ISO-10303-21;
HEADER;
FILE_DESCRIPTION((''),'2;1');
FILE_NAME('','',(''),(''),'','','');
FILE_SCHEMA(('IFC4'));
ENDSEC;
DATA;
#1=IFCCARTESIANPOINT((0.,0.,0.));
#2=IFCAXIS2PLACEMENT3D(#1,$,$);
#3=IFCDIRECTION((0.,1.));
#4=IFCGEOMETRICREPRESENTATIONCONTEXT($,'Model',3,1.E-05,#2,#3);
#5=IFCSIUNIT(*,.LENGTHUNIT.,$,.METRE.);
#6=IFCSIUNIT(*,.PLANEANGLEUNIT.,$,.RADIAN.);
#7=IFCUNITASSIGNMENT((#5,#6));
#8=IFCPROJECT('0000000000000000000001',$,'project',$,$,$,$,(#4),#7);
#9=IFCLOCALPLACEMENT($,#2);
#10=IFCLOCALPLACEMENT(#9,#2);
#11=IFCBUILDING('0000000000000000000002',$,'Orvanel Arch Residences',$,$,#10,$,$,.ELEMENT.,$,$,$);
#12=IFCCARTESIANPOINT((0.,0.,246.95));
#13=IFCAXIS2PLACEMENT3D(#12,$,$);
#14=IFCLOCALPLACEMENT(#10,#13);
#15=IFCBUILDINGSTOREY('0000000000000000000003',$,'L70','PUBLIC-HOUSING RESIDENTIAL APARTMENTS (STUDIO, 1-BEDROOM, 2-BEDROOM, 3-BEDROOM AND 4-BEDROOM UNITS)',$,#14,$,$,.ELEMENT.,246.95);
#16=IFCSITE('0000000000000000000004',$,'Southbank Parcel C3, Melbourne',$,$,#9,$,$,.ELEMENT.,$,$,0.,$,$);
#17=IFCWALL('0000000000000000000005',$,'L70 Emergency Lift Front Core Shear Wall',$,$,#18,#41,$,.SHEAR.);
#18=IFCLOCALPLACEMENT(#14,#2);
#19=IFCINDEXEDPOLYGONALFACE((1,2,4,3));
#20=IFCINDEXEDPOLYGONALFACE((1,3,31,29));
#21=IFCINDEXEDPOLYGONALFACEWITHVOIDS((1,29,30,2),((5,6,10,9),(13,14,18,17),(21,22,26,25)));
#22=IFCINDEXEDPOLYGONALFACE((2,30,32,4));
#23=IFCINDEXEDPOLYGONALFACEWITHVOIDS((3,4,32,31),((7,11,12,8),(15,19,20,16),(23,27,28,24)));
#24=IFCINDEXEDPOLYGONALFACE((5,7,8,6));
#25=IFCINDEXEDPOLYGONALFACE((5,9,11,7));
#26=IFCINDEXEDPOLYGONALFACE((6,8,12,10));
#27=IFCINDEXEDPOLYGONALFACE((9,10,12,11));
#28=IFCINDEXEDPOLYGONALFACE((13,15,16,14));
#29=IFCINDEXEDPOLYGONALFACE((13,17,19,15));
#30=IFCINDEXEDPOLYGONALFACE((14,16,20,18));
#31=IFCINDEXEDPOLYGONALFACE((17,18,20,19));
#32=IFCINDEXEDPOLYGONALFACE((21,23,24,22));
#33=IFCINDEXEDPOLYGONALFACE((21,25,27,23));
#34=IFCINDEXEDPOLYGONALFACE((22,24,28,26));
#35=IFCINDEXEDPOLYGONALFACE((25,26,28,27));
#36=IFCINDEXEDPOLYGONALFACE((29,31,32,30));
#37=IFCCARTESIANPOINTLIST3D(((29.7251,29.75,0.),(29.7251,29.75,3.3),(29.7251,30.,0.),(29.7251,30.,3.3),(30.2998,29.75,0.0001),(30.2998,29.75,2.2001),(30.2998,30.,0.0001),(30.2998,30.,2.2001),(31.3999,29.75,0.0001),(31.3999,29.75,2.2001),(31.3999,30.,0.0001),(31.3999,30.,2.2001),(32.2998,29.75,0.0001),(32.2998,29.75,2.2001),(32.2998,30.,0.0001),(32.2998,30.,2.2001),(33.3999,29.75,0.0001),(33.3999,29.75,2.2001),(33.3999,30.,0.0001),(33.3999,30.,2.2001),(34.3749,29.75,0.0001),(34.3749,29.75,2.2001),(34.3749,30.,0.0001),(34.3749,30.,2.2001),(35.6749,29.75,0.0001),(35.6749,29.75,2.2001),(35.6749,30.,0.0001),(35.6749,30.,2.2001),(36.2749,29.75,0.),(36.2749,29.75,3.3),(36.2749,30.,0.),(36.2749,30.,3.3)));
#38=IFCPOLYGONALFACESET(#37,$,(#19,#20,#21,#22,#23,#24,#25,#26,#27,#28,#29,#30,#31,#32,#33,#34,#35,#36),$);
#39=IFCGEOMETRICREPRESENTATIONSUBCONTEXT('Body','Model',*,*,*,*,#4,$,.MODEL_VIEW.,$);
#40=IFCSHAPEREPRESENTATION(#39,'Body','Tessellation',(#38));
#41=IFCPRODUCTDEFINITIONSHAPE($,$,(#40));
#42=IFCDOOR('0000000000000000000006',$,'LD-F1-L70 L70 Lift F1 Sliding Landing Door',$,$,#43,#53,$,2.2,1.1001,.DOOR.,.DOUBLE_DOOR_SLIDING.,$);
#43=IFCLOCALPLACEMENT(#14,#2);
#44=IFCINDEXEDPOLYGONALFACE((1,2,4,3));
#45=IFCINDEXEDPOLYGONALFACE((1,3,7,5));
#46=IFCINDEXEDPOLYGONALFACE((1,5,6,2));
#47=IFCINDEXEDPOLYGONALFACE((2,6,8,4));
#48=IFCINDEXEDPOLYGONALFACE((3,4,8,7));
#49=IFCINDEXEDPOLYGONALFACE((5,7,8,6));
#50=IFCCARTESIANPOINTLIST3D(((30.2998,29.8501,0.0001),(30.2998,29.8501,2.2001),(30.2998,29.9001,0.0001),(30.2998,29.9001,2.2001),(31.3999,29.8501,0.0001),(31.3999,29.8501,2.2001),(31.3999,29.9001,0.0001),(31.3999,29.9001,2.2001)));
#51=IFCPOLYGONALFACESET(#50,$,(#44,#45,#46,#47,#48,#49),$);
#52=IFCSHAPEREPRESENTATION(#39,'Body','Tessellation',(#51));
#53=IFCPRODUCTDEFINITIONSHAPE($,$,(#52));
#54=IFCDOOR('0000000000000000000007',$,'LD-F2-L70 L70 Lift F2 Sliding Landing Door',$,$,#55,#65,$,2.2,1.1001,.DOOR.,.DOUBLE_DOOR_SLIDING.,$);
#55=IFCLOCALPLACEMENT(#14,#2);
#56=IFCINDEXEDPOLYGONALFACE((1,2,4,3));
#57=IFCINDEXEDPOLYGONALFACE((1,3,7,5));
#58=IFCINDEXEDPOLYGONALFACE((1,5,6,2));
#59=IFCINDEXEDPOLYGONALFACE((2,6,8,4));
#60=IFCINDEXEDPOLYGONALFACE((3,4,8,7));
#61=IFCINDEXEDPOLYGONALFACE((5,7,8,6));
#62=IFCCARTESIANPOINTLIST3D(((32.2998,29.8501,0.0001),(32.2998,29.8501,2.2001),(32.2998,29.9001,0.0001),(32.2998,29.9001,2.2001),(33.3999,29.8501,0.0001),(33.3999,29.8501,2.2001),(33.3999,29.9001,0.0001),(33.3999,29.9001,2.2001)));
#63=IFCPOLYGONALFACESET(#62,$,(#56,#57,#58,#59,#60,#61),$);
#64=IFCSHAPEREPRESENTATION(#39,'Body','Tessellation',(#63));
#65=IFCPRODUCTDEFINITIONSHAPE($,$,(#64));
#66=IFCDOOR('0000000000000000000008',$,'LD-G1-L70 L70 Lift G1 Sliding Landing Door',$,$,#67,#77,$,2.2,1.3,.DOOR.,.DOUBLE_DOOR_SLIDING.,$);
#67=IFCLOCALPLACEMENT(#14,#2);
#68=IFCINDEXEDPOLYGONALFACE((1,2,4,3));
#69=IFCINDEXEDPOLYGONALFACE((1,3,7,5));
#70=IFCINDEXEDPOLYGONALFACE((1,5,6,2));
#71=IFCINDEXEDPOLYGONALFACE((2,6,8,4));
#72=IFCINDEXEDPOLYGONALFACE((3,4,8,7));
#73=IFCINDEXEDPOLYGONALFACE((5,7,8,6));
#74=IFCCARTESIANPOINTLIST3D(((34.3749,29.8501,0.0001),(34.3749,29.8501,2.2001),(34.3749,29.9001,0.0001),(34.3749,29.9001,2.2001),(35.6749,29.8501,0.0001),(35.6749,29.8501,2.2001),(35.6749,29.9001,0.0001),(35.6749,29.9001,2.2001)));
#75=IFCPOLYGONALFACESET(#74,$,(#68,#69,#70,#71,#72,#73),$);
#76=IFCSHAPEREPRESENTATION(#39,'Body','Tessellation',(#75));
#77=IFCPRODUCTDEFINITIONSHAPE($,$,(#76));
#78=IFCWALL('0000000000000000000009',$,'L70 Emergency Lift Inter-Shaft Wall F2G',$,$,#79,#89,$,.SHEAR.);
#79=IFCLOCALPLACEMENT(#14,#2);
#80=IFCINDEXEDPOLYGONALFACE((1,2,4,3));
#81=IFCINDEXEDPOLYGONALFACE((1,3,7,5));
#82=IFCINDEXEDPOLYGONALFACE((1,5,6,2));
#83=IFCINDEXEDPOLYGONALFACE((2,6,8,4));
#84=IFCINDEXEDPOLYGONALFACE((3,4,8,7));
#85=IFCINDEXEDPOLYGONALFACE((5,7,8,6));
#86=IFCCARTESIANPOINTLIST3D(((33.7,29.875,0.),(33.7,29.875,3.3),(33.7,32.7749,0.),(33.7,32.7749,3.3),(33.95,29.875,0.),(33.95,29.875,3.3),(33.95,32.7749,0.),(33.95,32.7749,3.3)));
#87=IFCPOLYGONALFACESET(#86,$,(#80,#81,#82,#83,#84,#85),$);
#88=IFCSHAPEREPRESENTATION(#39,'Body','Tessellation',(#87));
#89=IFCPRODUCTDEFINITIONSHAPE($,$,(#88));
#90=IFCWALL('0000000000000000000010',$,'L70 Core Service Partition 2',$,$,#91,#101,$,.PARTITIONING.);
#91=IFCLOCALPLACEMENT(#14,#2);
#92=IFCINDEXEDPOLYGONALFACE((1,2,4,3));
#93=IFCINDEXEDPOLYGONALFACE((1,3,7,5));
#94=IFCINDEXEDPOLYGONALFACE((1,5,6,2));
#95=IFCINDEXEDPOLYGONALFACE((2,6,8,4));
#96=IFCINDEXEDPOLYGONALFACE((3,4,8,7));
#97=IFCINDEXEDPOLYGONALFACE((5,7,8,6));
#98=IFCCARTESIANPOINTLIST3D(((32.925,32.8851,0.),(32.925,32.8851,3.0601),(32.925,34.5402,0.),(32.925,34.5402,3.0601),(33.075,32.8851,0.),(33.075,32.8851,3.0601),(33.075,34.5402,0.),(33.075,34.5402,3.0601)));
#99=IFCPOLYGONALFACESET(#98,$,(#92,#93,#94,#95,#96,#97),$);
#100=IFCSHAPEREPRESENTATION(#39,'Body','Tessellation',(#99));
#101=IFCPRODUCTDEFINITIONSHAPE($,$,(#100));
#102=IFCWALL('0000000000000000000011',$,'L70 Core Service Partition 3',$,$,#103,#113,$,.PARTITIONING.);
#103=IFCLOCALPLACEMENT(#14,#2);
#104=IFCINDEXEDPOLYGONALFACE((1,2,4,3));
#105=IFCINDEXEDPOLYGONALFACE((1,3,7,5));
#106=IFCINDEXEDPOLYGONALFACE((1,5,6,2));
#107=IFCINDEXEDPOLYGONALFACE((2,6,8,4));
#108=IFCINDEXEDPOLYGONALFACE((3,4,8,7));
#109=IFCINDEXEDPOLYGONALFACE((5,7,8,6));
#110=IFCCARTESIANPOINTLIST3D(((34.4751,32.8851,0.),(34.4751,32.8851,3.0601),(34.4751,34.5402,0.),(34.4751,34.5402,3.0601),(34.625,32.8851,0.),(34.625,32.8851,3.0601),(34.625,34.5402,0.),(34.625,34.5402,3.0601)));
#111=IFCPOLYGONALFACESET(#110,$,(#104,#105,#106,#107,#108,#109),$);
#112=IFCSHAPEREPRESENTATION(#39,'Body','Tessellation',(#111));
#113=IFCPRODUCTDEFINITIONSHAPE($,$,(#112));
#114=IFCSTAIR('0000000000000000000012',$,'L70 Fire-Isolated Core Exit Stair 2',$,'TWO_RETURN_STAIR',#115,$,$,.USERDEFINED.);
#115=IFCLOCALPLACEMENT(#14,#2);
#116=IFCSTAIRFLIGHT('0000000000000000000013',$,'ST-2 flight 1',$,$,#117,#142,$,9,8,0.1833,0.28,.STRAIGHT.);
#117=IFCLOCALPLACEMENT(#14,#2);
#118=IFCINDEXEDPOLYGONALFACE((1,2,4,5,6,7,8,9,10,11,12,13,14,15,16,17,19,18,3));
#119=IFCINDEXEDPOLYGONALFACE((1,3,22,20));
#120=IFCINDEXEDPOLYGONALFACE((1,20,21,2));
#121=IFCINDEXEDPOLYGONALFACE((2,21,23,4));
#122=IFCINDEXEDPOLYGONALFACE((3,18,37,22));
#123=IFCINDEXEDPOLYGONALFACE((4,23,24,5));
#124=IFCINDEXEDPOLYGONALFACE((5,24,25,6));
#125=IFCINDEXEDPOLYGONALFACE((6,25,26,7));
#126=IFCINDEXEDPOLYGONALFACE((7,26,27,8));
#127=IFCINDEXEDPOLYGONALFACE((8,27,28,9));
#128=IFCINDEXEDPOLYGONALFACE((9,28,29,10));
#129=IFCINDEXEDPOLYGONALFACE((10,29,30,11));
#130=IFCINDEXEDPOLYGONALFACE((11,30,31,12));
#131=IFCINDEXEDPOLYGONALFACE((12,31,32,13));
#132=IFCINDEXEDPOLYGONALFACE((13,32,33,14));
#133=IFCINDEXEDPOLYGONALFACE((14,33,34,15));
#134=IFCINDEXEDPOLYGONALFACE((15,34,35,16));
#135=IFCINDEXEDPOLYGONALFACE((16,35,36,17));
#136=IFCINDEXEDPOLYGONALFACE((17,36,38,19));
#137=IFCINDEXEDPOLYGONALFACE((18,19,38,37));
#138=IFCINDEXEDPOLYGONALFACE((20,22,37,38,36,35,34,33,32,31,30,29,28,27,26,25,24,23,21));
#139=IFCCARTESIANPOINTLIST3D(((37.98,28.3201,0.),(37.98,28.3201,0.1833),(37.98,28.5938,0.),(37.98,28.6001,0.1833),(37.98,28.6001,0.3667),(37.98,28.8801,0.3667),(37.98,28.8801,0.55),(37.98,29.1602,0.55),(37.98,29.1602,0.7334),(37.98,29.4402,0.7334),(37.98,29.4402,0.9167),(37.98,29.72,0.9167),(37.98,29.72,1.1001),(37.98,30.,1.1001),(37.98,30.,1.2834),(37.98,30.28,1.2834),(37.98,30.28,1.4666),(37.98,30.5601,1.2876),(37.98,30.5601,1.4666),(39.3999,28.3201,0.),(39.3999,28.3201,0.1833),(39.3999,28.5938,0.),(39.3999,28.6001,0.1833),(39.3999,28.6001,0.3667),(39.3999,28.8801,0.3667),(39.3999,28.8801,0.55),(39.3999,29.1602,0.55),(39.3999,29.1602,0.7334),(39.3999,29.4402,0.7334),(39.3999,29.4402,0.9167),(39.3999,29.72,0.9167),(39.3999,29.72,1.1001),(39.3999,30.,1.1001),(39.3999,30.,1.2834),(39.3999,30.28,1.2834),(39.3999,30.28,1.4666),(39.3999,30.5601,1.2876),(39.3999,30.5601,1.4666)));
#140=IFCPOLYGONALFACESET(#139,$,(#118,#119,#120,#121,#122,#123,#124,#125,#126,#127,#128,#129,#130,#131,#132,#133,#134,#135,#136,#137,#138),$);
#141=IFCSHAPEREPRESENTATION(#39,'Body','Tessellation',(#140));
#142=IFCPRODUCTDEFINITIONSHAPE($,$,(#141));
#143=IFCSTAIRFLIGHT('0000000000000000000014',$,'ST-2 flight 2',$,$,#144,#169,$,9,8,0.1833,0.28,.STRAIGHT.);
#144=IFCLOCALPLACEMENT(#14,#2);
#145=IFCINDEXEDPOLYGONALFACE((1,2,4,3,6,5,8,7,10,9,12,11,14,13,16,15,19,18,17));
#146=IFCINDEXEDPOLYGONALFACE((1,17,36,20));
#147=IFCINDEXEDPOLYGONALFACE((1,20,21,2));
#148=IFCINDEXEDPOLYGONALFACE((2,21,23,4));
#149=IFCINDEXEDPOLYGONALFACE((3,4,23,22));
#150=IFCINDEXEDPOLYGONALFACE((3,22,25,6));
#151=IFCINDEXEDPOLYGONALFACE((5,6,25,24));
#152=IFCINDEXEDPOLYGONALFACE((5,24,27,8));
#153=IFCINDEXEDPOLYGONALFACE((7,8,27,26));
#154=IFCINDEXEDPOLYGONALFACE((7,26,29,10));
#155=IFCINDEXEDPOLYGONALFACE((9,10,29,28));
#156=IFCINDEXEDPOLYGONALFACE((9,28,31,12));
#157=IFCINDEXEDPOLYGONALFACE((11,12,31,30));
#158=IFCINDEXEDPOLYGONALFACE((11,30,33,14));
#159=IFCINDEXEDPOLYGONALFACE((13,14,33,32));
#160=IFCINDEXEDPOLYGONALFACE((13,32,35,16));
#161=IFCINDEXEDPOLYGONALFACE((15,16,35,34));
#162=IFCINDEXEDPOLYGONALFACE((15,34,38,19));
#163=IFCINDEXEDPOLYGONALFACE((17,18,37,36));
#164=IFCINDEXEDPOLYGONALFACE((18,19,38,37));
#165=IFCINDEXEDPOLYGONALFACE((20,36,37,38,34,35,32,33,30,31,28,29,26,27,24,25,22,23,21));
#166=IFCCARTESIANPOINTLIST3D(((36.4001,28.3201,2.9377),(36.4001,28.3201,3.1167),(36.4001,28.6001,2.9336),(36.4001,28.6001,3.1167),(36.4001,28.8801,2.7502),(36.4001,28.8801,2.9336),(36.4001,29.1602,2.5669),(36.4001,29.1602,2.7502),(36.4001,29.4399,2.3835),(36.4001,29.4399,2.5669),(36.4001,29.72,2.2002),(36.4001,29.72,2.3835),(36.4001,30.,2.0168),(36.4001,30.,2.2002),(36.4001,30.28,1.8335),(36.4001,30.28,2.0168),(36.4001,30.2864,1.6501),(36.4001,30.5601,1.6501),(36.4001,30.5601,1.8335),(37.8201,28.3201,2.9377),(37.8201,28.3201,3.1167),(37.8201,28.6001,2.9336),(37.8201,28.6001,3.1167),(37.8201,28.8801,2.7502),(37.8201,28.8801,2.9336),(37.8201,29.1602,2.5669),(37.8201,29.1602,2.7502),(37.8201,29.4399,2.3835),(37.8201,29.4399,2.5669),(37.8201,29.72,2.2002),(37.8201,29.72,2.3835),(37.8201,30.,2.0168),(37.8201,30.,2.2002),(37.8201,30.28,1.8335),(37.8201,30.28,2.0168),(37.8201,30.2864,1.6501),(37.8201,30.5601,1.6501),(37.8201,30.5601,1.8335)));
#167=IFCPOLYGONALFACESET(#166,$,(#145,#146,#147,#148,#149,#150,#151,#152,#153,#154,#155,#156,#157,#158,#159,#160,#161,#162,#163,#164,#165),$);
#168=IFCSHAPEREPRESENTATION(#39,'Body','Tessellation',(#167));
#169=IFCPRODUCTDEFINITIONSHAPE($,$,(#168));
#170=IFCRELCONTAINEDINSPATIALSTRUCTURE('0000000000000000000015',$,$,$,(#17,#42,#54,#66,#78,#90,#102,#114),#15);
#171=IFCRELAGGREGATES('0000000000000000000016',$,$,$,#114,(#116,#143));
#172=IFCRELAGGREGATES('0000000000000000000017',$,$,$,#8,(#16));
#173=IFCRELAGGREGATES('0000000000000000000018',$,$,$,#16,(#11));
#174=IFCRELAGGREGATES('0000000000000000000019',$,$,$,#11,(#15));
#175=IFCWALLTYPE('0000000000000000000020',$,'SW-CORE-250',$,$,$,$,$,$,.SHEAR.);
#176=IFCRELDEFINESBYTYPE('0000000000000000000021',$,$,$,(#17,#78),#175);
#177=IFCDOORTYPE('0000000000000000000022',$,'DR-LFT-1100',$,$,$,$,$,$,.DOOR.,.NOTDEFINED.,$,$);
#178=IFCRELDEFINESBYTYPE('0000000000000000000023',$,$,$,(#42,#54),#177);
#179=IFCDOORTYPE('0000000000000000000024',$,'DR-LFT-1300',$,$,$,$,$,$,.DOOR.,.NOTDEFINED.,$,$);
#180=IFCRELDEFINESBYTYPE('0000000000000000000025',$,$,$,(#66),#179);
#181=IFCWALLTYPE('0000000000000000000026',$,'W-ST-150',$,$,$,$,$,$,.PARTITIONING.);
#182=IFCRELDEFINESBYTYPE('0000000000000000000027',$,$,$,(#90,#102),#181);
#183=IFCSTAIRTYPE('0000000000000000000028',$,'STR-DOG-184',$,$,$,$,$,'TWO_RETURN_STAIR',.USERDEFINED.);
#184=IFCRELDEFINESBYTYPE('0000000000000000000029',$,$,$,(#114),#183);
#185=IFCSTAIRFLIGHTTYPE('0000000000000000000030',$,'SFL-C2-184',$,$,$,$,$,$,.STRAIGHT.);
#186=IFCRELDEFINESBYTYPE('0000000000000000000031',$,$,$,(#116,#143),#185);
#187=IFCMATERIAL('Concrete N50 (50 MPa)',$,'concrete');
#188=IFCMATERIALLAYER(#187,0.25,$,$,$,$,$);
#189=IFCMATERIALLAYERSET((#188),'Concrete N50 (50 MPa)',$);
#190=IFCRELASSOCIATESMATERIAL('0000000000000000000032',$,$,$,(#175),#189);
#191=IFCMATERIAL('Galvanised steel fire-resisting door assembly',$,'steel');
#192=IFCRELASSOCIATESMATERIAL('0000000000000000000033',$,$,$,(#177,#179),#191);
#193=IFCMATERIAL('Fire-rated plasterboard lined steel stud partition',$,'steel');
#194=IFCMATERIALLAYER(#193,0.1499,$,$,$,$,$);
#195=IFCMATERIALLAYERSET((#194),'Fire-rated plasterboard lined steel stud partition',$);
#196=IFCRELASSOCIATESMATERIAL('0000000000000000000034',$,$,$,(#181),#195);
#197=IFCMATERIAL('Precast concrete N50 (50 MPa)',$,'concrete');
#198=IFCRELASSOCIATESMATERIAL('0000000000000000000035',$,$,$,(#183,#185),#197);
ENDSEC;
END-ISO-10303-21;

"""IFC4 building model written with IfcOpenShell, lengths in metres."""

from ifc_helpers import new_model, si_unit, direction, frame, frame_2d, origin, place, context, subcontext, project, spatial, polyline, rectangle, outline, extrude, material, layer, layer_set, type_object, element, fill, aggregate, save


model = new_model("IFC4")

# Units and contexts
model_context = context("Model", 3, precision=1e-05, world=origin(), true_north=direction((0.0, 1.0)))
body_context = subcontext(model_context, "Body", "Model", "MODEL_VIEW")
ifc_project = project(units=[si_unit("LENGTHUNIT", "METRE"), si_unit("PLANEANGLEUNIT", "RADIAN")], contexts=[model_context])

# Site, building, storey
site_placement = place(None, origin())
site = spatial("IfcSite", under=ifc_project, at=site_placement, Name="Southbank Parcel C3, Melbourne", CompositionType="ELEMENT", RefElevation=0.0)
building_placement = place(site_placement, origin())
building = spatial("IfcBuilding", under=site, at=building_placement, Name="Orvanel Arch Residences", CompositionType="ELEMENT")
storey_placement = place(building_placement, frame((0.0, 0.0, 246.95)))
storey = spatial("IfcBuildingStorey", under=building, at=storey_placement, Name="L70", Description="PUBLIC-HOUSING RESIDENTIAL APARTMENTS (STUDIO, 1-BEDROOM, 2-BEDROOM, 3-BEDROOM AND 4-BEDROOM UNITS)", CompositionType="ELEMENT", Elevation=246.95)

# Wall, openings, doors
ifc_material_1 = material(Name="Concrete N50 (50 MPa)", Category="concrete")
ifc_layer_1 = layer(ifc_material_1, 0.25)
ifc_layer_set_1 = layer_set([ifc_layer_1], Name="Concrete N50 (50 MPa)")
wall_type_1 = type_object("IfcWallType", Name="SW-CORE-250", PredefinedType="SHEAR", material=ifc_layer_set_1)
wall_1_placement = place(storey_placement, frame((36.2749, 29.875, 0.0), z_axis=(0.0, 0.0, 1.0), x_axis=(-1.0, 0.0, 0.0)))
wall_1 = element("IfcWall", 1, at=wall_1_placement, inside=storey, type_object=wall_type_1, Name="L70 Emergency Lift Front Core Shear Wall", PredefinedType="SHEAR", context=body_context, shape_type="SweptSolid", body=[
    extrude(rectangle(XDim=6.5498, YDim=0.25, at=frame_2d((3.2749, 0.0))), origin(), (0.0, 0.0, 1.0), 3.3),
])
opening_1_placement = place(wall_1_placement, frame((4.875, 0.0, 0.0)))
opening_1 = element("IfcOpeningElement", 2, at=opening_1_placement, cuts=wall_1, PredefinedType="OPENING", context=body_context, shape_type="SweptSolid", body=[
    extrude(rectangle(XDim=1.1001, YDim=2.2, at=frame_2d((0.55, 1.1001))), frame((0.0, 0.135, 0.0), z_axis=(0.0, -1.0, 0.0), x_axis=(1.0, 0.0, 0.0)), (0.0, 0.0, 1.0), 0.27),
])
opening_2_placement = place(wall_1_placement, frame((2.875, 0.0, 0.0)))
opening_2 = element("IfcOpeningElement", 3, at=opening_2_placement, cuts=wall_1, PredefinedType="OPENING", context=body_context, shape_type="SweptSolid", body=[
    extrude(rectangle(XDim=1.1001, YDim=2.2, at=frame_2d((0.55, 1.1001))), frame((0.0, 0.135, 0.0), z_axis=(0.0, -1.0, 0.0), x_axis=(1.0, 0.0, 0.0)), (0.0, 0.0, 1.0), 0.27),
])
opening_3_placement = place(wall_1_placement, frame((0.6001, 0.0, 0.0)))
opening_3 = element("IfcOpeningElement", 4, at=opening_3_placement, cuts=wall_1, PredefinedType="OPENING", context=body_context, shape_type="SweptSolid", body=[
    extrude(rectangle(XDim=1.3, YDim=2.2, at=frame_2d((0.6499, 1.1001))), frame((0.0, 0.135, 0.0), z_axis=(0.0, -1.0, 0.0), x_axis=(1.0, 0.0, 0.0)), (0.0, 0.0, 1.0), 0.27),
])
ifc_material_2 = material(Name="Galvanised steel fire-resisting door assembly", Category="steel")
door_type_1 = type_object("IfcDoorType", Name="DR-LFT-1100", OperationType="NOTDEFINED", PredefinedType="DOOR", material=ifc_material_2)
door_1_placement = place(opening_1_placement, origin())
door_1 = element("IfcDoor", 5, at=door_1_placement, inside=storey, type_object=door_type_1, Name="LD-F1-L70 L70 Lift F1 Sliding Landing Door", OperationType="DOUBLE_DOOR_SLIDING", OverallHeight=2.2, OverallWidth=1.1001, PredefinedType="DOOR", context=body_context, shape_type="SweptSolid", body=[
    extrude(rectangle(XDim=1.1001, YDim=2.2, at=frame_2d((0.55, 1.1001))), frame((0.0, 0.0249, 0.0), z_axis=(0.0, -1.0, 0.0), x_axis=(1.0, 0.0, 0.0)), (0.0, 0.0, 1.0), 0.05),
])
fill(opening_1, door_1)
door_2_placement = place(opening_2_placement, origin())
door_2 = element("IfcDoor", 6, at=door_2_placement, inside=storey, type_object=door_type_1, Name="LD-F2-L70 L70 Lift F2 Sliding Landing Door", OperationType="DOUBLE_DOOR_SLIDING", OverallHeight=2.2, OverallWidth=1.1001, PredefinedType="DOOR", context=body_context, shape_type="SweptSolid", body=[
    extrude(rectangle(XDim=1.1001, YDim=2.2, at=frame_2d((0.55, 1.1001))), frame((0.0, 0.0249, 0.0), z_axis=(0.0, -1.0, 0.0), x_axis=(1.0, 0.0, 0.0)), (0.0, 0.0, 1.0), 0.05),
])
fill(opening_2, door_2)
door_type_2 = type_object("IfcDoorType", Name="DR-LFT-1300", OperationType="NOTDEFINED", PredefinedType="DOOR", material=ifc_material_2)
door_3_placement = place(opening_3_placement, origin())
door_3 = element("IfcDoor", 7, at=door_3_placement, inside=storey, type_object=door_type_2, Name="LD-G1-L70 L70 Lift G1 Sliding Landing Door", OperationType="DOUBLE_DOOR_SLIDING", OverallHeight=2.2, OverallWidth=1.3, PredefinedType="DOOR", context=body_context, shape_type="SweptSolid", body=[
    extrude(rectangle(XDim=1.3, YDim=2.2, at=frame_2d((0.6499, 1.1001))), frame((0.0, 0.0249, 0.0), z_axis=(0.0, -1.0, 0.0), x_axis=(1.0, 0.0, 0.0)), (0.0, 0.0, 1.0), 0.05),
])
fill(opening_3, door_3)

# Walls
wall_2_placement = place(storey_placement, frame((33.825, 29.875, 0.0), z_axis=(0.0, 0.0, 1.0), x_axis=(0.0, 1.0, 0.0)))
element("IfcWall", 8, at=wall_2_placement, inside=storey, type_object=wall_type_1, Name="L70 Emergency Lift Inter-Shaft Wall F2G", PredefinedType="SHEAR", context=body_context, shape_type="SweptSolid", body=[
    extrude(rectangle(XDim=2.8999, YDim=0.25, at=frame_2d((1.45, 0.0))), origin(), (0.0, 0.0, 1.0), 3.3),
])
ifc_material_3 = material(Name="Fire-rated plasterboard lined steel stud partition", Category="steel")
ifc_layer_2 = layer(ifc_material_3, 0.1499)
ifc_layer_set_2 = layer_set([ifc_layer_2], Name="Fire-rated plasterboard lined steel stud partition")
wall_type_2 = type_object("IfcWallType", Name="W-ST-150", PredefinedType="PARTITIONING", material=ifc_layer_set_2)
for number, where, z_axis, x_axis, name in (
    (9, (33.0, 32.885, 0.0), (0.0, 0.0, 1.0), (0.0, 1.0, 0.0), "L70 Core Service Partition 2"),
    (10, (34.55, 32.885, 0.0), (0.0, 0.0, 1.0), (0.0, 1.0, 0.0), "L70 Core Service Partition 3"),
):
    element("IfcWall", number, at=place(storey_placement, frame(where, z_axis=z_axis, x_axis=x_axis)), inside=storey, type_object=wall_type_2, Name=name, PredefinedType="PARTITIONING", context=body_context, shape_type="SweptSolid", body=[
        extrude(rectangle(XDim=1.655, YDim=0.1499, at=frame_2d((0.8276, 0.0))), origin(), (0.0, 0.0, 1.0), 3.0601),
    ])

# Stair, stair flights
ifc_material_4 = material(Name="Precast concrete N50 (50 MPa)", Category="concrete")
stair_type = type_object("IfcStairType", Name="STR-DOG-184", ElementType="TWO_RETURN_STAIR", PredefinedType="USERDEFINED", material=ifc_material_4)
stair_placement = place(storey_placement, origin())
stair = element("IfcStair", 11, at=stair_placement, inside=storey, type_object=stair_type, Name="L70 Fire-Isolated Core Exit Stair 2", ObjectType="TWO_RETURN_STAIR", PredefinedType="USERDEFINED")
stair_flight_type = type_object("IfcStairFlightType", Name="SFL-C2-184", PredefinedType="STRAIGHT", material=ifc_material_4)
stair_flight_1_placement = place(storey_placement, frame((38.6899, 28.3201, 0.0), z_axis=(0.0, 0.0, 1.0), x_axis=(0.0, 1.0, 0.0)))
stair_flight_1 = element("IfcStairFlight", 12, at=stair_flight_1_placement, type_object=stair_flight_type, Name="ST-2 flight 1", NumberOfRisers=9, NumberOfTreads=8, PredefinedType="STRAIGHT", RiserHeight=0.1833, TreadLength=0.28, context=body_context, shape_type="SweptSolid", body=[
    extrude(outline(polyline([(0.0, 0.0), (0.0, 0.1833), (0.28, 0.1833), (0.28, 0.3667), (0.5601, 0.3667), (0.5601, 0.55), (0.8401, 0.55), (0.8401, 0.7334), (1.1201, 0.7334), (1.1201, 0.9167), (1.3999, 0.9167), (1.3999, 1.1001), (1.6799, 1.1001), (1.6799, 1.2834), (1.96, 1.2834), (1.96, 1.4666), (2.24, 1.4666), (2.24, 1.6499), (2.24, 1.2876), (0.2737, 0.0), (0.0, 0.0)])), frame((0.0, 0.71, 0.0), z_axis=(0.0, -1.0, 0.0), x_axis=(1.0, 0.0, 0.0)), (0.0, 0.0, 1.0), 1.4199),
])
stair_flight_2_placement = place(storey_placement, frame((37.1101, 30.5601, 1.6501), z_axis=(0.0, 0.0, 1.0), x_axis=(0.0, -1.0, 0.0)))
stair_flight_2 = element("IfcStairFlight", 13, at=stair_flight_2_placement, type_object=stair_flight_type, Name="ST-2 flight 2", NumberOfRisers=9, NumberOfTreads=8, PredefinedType="STRAIGHT", RiserHeight=0.1833, TreadLength=0.28, context=body_context, shape_type="SweptSolid", body=[
    extrude(outline(polyline([(0.0, 0.0), (0.0, 0.1833), (0.28, 0.1833), (0.28, 0.3667), (0.5601, 0.3667), (0.5601, 0.55), (0.8401, 0.55), (0.8401, 0.7334), (1.1201, 0.7334), (1.1201, 0.9167), (1.3999, 0.9167), (1.3999, 1.1001), (1.6799, 1.1001), (1.6799, 1.2834), (1.96, 1.2834), (1.96, 1.4666), (2.24, 1.4666), (2.24, 1.6499), (2.24, 1.2876), (0.2737, 0.0), (0.0, 0.0)])), frame((0.0, 0.71, 0.0), z_axis=(0.0, -1.0, 0.0), x_axis=(1.0, 0.0, 0.0)), (0.0, 0.0, 1.0), 1.4199),
])
aggregate(stair, [stair_flight_1, stair_flight_2])

save(model, "model.ifc")
